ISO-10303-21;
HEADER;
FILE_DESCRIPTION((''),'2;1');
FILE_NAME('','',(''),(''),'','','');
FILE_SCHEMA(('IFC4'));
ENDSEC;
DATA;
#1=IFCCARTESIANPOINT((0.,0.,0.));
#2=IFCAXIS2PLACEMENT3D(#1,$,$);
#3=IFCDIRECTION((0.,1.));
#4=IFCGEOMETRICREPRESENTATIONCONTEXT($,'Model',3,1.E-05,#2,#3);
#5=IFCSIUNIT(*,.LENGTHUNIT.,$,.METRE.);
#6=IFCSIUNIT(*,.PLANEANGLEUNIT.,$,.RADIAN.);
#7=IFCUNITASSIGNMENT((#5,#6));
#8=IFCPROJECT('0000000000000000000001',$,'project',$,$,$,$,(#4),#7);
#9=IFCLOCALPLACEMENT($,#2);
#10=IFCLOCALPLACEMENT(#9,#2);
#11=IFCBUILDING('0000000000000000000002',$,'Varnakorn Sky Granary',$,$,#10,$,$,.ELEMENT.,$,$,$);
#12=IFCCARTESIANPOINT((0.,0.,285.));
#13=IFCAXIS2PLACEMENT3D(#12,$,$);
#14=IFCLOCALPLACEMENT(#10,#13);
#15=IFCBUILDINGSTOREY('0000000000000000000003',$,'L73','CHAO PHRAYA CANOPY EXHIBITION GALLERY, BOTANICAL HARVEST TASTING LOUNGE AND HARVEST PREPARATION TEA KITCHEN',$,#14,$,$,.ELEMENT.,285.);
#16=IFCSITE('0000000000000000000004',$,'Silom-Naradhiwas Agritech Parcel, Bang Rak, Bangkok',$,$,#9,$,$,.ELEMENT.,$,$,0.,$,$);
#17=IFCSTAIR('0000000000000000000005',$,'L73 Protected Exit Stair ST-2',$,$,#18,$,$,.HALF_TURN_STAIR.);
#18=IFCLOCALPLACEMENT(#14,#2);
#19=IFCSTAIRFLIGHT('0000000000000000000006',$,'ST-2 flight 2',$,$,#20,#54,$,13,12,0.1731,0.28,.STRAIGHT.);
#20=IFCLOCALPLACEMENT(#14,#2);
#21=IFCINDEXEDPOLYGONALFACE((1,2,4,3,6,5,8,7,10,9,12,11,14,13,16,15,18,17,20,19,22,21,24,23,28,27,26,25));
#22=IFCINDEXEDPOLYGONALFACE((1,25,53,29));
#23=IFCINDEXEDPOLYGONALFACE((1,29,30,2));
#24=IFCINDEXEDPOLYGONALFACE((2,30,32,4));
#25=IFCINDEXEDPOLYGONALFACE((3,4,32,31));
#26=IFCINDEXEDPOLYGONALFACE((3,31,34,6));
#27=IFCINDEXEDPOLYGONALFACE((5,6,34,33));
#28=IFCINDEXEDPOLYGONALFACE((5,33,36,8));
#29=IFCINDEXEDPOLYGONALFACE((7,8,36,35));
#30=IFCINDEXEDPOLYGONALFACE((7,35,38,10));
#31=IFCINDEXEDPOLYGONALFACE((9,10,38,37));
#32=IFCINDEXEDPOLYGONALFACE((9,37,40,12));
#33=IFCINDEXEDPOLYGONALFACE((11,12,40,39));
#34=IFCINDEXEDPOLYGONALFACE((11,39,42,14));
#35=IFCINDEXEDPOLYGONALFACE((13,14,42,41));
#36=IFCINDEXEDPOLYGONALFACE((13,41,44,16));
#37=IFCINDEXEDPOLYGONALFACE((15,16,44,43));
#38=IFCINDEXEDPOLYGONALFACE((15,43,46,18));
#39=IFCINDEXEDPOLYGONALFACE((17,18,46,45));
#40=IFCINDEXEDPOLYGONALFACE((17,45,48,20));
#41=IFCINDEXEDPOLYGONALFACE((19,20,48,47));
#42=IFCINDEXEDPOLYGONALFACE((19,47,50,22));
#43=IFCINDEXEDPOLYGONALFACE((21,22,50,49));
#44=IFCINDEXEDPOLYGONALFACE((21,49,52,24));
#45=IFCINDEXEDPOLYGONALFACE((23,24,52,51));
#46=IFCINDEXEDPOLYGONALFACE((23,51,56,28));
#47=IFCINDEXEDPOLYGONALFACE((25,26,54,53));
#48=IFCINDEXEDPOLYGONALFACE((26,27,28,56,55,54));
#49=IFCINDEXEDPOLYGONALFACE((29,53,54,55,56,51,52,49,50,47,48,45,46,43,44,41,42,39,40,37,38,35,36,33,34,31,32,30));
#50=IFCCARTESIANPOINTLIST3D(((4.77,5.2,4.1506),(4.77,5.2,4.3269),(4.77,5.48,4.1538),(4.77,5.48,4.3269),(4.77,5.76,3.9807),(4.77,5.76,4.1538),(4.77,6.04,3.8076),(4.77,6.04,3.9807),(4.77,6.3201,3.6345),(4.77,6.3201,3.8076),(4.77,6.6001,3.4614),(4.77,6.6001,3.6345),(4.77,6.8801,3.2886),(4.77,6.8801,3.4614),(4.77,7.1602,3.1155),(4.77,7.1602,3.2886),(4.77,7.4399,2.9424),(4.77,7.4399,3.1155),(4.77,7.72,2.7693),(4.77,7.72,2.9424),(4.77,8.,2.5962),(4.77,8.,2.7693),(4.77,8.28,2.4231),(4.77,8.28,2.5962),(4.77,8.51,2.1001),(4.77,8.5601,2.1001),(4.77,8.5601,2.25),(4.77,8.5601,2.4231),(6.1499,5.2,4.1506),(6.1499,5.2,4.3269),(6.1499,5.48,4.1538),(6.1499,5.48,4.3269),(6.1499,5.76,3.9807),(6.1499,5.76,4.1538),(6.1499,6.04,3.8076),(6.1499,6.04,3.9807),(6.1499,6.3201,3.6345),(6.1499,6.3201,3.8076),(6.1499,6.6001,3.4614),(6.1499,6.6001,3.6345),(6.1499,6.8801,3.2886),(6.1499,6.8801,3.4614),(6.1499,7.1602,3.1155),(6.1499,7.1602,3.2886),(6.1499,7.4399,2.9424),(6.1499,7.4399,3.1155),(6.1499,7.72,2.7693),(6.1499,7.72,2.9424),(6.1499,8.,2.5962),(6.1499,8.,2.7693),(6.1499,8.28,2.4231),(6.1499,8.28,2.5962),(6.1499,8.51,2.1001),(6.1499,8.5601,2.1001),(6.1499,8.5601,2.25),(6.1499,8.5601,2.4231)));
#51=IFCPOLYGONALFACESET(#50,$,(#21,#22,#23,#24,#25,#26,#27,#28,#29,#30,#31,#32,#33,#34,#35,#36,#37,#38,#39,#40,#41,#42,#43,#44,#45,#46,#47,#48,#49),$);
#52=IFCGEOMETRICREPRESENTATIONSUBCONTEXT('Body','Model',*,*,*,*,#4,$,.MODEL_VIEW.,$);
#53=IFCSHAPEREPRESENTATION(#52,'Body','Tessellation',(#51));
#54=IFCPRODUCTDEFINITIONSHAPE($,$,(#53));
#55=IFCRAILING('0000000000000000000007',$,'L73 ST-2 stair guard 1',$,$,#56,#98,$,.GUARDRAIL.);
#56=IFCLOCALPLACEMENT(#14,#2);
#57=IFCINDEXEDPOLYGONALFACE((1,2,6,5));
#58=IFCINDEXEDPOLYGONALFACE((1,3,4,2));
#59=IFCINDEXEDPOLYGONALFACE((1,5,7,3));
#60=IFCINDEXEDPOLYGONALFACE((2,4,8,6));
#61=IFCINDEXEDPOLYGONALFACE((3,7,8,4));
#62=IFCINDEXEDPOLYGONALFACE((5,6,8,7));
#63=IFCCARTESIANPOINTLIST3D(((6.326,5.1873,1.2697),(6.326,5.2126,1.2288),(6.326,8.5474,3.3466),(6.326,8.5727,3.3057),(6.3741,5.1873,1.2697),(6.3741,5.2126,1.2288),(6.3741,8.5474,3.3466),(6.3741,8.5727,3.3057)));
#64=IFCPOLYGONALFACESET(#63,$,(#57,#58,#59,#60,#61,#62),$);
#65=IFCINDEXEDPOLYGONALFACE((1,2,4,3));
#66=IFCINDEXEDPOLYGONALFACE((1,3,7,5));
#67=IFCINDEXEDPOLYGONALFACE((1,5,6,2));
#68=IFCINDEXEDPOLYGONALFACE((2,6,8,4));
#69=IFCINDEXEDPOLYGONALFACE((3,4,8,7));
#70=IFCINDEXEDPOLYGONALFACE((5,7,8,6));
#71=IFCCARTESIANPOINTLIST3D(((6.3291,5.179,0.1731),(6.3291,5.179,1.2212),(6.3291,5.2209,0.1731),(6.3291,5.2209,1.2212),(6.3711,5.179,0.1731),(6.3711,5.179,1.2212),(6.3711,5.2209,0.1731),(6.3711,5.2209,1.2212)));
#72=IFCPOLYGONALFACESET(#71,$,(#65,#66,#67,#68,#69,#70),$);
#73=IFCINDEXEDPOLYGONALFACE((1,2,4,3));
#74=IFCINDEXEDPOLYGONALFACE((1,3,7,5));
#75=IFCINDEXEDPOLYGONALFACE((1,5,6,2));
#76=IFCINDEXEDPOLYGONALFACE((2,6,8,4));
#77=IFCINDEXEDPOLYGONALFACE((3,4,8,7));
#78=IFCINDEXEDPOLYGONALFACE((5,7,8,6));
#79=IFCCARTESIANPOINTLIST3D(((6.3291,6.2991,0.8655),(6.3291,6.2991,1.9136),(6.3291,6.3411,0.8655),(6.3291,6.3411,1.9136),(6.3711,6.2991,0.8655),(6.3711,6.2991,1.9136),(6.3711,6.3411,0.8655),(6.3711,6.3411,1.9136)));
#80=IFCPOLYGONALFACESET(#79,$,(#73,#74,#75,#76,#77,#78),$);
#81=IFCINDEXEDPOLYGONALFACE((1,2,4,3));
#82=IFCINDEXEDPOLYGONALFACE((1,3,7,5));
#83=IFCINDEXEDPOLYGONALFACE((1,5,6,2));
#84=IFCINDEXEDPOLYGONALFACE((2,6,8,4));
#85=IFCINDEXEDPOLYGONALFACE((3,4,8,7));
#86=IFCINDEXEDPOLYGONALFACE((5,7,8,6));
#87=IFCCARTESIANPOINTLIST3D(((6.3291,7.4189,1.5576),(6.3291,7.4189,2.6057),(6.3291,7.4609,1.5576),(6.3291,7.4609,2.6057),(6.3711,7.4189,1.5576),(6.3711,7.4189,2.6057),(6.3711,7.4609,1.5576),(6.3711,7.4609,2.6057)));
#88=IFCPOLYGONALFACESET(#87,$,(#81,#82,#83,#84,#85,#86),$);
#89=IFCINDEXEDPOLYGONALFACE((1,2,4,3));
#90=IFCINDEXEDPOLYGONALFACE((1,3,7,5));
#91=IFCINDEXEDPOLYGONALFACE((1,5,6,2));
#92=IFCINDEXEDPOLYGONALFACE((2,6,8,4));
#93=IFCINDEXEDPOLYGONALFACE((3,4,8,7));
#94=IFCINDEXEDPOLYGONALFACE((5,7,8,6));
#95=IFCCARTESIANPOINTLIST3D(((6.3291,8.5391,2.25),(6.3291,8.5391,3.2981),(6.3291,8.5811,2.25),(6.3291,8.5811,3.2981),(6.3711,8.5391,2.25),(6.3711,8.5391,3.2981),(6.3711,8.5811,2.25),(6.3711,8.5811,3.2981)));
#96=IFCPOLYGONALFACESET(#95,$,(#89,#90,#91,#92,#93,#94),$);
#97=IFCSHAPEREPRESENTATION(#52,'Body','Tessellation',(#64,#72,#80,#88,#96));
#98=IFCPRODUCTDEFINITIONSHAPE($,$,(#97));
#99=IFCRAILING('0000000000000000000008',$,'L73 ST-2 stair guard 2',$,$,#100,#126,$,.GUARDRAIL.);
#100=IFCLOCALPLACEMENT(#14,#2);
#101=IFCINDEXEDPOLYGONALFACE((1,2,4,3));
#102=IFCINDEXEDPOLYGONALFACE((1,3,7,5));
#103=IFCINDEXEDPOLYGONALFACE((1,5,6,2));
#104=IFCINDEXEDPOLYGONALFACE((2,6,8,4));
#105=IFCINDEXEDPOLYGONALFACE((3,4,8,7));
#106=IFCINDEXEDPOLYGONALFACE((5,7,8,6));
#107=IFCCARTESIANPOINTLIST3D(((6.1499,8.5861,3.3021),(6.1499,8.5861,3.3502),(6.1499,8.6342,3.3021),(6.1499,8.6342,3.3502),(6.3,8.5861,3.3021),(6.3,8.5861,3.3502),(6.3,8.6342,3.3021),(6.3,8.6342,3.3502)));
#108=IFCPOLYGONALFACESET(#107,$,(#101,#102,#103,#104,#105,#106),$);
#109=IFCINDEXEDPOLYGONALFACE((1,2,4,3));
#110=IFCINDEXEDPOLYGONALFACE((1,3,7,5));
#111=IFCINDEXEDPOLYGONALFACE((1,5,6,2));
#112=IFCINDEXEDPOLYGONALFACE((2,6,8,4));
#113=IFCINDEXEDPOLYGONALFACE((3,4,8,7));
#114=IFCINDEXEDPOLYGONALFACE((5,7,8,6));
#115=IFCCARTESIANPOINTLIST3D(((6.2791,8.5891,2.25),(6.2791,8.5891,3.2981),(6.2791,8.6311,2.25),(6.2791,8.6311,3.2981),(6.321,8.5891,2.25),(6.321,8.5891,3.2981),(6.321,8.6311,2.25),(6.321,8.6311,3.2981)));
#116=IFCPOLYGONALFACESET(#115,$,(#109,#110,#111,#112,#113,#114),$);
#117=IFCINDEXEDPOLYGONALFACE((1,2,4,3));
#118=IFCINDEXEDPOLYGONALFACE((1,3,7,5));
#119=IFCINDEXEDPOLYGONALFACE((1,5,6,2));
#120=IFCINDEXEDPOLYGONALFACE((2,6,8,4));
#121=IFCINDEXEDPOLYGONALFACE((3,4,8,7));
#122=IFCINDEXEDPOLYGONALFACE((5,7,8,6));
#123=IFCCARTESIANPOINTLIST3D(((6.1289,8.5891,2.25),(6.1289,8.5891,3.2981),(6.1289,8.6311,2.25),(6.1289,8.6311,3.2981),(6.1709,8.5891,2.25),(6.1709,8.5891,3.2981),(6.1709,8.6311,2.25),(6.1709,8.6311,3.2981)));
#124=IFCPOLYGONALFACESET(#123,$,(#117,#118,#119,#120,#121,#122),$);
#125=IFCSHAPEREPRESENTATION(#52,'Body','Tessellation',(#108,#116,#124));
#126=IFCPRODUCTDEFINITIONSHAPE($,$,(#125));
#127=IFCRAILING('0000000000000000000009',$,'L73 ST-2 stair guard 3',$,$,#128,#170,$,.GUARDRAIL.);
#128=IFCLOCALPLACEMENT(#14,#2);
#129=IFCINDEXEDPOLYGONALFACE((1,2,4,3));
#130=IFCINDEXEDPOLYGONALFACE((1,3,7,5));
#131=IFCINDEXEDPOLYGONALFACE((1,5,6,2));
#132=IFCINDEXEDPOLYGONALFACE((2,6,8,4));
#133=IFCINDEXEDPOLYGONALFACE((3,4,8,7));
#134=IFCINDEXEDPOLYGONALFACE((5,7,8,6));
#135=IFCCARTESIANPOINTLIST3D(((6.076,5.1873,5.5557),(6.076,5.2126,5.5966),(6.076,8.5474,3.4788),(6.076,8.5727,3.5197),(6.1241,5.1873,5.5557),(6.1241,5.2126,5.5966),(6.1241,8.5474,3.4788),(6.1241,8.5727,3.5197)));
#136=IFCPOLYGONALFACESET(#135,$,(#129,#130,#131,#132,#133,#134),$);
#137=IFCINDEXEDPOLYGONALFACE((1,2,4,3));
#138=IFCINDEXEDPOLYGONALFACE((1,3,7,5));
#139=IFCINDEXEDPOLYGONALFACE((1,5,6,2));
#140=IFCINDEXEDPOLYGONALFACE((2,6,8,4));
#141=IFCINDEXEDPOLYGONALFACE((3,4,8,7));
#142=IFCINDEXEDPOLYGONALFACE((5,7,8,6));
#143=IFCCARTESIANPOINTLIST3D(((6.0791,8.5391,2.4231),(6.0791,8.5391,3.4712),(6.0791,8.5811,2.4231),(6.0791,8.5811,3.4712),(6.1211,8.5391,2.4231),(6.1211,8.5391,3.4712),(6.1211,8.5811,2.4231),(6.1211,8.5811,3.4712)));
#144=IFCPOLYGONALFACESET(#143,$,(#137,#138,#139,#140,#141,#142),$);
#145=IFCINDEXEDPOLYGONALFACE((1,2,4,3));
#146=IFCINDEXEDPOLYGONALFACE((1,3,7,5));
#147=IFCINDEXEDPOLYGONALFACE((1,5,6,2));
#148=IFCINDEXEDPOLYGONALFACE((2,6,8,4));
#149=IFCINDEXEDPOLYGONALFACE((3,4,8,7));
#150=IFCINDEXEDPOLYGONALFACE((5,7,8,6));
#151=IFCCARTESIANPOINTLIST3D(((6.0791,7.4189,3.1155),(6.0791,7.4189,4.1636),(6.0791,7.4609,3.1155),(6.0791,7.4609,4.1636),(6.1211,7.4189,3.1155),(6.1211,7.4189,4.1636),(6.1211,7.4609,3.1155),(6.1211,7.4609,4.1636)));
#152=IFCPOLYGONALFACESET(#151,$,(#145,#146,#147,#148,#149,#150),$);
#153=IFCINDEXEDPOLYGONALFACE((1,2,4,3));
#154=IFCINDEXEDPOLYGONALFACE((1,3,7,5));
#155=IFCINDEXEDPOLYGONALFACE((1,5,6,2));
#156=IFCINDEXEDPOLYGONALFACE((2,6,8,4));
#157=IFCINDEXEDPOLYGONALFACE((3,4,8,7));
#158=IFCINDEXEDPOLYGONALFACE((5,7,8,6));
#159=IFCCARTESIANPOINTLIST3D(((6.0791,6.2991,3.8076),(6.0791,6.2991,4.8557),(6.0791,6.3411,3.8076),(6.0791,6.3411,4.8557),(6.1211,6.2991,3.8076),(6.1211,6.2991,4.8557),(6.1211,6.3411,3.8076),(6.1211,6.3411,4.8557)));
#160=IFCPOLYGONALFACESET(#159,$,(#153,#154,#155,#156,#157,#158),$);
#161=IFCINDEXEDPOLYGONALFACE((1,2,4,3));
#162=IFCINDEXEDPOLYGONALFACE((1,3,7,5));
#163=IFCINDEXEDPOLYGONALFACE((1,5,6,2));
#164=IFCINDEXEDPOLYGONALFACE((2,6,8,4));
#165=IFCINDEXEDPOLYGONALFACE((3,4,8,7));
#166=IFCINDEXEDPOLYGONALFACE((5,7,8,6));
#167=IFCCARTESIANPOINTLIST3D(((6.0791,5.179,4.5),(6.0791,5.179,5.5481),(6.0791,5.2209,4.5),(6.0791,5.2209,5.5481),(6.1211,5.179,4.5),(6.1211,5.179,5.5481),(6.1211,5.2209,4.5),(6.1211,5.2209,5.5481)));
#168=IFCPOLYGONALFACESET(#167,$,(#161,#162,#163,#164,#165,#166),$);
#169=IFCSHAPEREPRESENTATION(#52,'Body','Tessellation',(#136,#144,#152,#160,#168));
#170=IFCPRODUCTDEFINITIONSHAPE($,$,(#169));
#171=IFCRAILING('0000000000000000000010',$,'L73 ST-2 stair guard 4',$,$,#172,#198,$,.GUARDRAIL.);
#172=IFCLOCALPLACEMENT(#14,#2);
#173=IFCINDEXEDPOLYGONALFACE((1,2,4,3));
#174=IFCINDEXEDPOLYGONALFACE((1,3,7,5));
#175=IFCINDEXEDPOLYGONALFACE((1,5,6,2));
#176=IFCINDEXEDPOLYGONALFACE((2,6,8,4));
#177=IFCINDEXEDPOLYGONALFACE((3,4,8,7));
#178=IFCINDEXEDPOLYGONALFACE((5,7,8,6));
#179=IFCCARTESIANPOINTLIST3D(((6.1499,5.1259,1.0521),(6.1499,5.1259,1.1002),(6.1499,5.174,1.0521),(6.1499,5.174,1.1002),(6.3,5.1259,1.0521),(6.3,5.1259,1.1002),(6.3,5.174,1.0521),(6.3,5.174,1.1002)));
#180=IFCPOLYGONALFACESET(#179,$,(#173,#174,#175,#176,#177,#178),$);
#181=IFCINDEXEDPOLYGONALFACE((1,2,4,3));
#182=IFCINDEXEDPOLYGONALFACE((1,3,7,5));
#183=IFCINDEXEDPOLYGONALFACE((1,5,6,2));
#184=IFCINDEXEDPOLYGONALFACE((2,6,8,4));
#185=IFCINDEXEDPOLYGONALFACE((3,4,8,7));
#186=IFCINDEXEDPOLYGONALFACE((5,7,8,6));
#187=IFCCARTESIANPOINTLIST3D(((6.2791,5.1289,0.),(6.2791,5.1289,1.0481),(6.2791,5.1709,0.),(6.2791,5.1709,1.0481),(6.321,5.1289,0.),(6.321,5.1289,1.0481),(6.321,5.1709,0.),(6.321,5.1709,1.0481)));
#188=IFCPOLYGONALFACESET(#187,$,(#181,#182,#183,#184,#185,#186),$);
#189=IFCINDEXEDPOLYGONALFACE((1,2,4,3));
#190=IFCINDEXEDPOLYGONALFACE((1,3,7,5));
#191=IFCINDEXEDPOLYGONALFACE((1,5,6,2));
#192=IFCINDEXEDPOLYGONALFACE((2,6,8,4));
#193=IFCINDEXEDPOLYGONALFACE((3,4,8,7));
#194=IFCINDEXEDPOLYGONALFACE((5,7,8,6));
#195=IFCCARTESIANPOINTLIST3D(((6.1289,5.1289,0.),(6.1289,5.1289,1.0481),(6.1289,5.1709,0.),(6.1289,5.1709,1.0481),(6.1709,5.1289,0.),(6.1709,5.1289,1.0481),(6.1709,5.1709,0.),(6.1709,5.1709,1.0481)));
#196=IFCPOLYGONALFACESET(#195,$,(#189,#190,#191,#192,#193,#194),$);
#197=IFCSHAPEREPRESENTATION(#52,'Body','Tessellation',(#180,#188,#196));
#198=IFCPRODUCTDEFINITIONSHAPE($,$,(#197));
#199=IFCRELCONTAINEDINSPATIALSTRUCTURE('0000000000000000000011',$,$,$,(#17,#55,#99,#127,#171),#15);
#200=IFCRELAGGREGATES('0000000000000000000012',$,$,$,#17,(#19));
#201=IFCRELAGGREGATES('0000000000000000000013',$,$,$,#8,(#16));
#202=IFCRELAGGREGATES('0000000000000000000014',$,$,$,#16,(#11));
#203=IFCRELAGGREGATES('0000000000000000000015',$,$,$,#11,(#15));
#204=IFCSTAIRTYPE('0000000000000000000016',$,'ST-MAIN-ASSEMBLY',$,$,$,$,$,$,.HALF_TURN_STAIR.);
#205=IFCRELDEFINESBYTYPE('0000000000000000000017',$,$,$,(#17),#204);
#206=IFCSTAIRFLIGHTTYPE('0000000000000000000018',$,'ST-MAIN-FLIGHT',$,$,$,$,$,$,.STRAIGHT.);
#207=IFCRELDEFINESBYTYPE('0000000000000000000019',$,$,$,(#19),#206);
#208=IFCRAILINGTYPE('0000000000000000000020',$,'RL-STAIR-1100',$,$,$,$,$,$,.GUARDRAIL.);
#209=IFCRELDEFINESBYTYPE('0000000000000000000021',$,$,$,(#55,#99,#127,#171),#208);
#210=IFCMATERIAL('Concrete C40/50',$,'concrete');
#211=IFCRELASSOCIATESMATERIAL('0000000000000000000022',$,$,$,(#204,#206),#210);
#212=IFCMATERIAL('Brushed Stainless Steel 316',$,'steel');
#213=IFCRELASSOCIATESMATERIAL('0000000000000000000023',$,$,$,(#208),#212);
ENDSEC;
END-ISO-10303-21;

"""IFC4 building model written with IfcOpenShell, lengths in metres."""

from ifc_helpers import new_model, si_unit, direction, frame, origin, origin_2d, place, context, subcontext, project, spatial, polyline, rectangle, outline, extrude, material, type_object, element, aggregate, save


model = new_model("IFC4")

# Units and contexts
model_context = context("Model", 3, precision=1e-05, world=origin(), true_north=direction((0.0, 1.0)))
body_context = subcontext(model_context, "Body", "Model", "MODEL_VIEW")
ifc_project = project(units=[si_unit("LENGTHUNIT", "METRE"), si_unit("PLANEANGLEUNIT", "RADIAN")], contexts=[model_context])

# Site, building, storey
site_placement = place(None, origin())
site = spatial("IfcSite", under=ifc_project, at=site_placement, Name="Silom-Naradhiwas Agritech Parcel, Bang Rak, Bangkok", CompositionType="ELEMENT", RefElevation=0.0)
building_placement = place(site_placement, origin())
building = spatial("IfcBuilding", under=site, at=building_placement, Name="Varnakorn Sky Granary", CompositionType="ELEMENT")
storey_placement = place(building_placement, frame((0.0, 0.0, 285.0)))
storey = spatial("IfcBuildingStorey", under=building, at=storey_placement, Name="L73", Description="CHAO PHRAYA CANOPY EXHIBITION GALLERY, BOTANICAL HARVEST TASTING LOUNGE AND HARVEST PREPARATION TEA KITCHEN", CompositionType="ELEMENT", Elevation=285.0)

# Stair, stair flight
ifc_material_1 = material(Name="Concrete C40/50", Category="concrete")
stair_type = type_object("IfcStairType", Name="ST-MAIN-ASSEMBLY", PredefinedType="HALF_TURN_STAIR", material=ifc_material_1)
stair_placement = place(storey_placement, origin())
stair = element("IfcStair", 1, at=stair_placement, inside=storey, type_object=stair_type, Name="L73 Protected Exit Stair ST-2", PredefinedType="HALF_TURN_STAIR")
stair_flight_type = type_object("IfcStairFlightType", Name="ST-MAIN-FLIGHT", PredefinedType="STRAIGHT", material=ifc_material_1)
stair_flight_1_placement = place(storey_placement, frame((5.46, 8.5601, 2.25), z_axis=(0.0, 0.0, 1.0), x_axis=(0.0, -1.0, 0.0)))
stair_flight_1 = element("IfcStairFlight", 2, at=stair_flight_1_placement, type_object=stair_flight_type, Name="ST-2 flight 2", NumberOfRisers=13, NumberOfTreads=12, PredefinedType="STRAIGHT", RiserHeight=0.1731, TreadLength=0.28, context=body_context, shape_type="SweptSolid", body=[
    extrude(outline(polyline([(0.0, -0.1499), (0.0, 0.0), (0.0, 0.1731), (0.28, 0.1731), (0.28, 0.3462), (0.5601, 0.3462), (0.5601, 0.5193), (0.8401, 0.5193), (0.8401, 0.6924), (1.1201, 0.6924), (1.1201, 0.8655), (1.3999, 0.8655), (1.3999, 1.0386), (1.6799, 1.0386), (1.6799, 1.2114), (1.96, 1.2114), (1.96, 1.3845), (2.24, 1.3845), (2.24, 1.5576), (2.52, 1.5576), (2.52, 1.7307), (2.8, 1.7307), (2.8, 1.9038), (3.0801, 1.9038), (3.0801, 2.0769), (3.3601, 2.0769), (3.3601, 2.25), (3.3601, 1.9006), (0.05, -0.1499), (0.0, -0.1499)])), frame((0.0, 0.6899, 0.0), z_axis=(0.0, -1.0, 0.0), x_axis=(1.0, 0.0, 0.0)), (0.0, 0.0, 1.0), 1.3799),
])
aggregate(stair, [stair_flight_1])

# Railings
ifc_material_2 = material(Name="Brushed Stainless Steel 316", Category="steel")
railing_type_1 = type_object("IfcRailingType", Name="RL-STAIR-1100", PredefinedType="GUARDRAIL", material=ifc_material_2)
railing_1_placement = place(storey_placement, frame((6.3501, 5.2, 0.1731)))
element("IfcRailing", 3, at=railing_1_placement, inside=storey, type_object=railing_type_1, Name="L73 ST-2 stair guard 1", PredefinedType="GUARDRAIL", context=body_context, shape_type="SweptSolid", body=[
    extrude(rectangle(XDim=0.0481, YDim=0.0481, at=origin_2d()), frame((0.0, 0.0, 1.0762), z_axis=(0.0, 0.850623, 0.525776), x_axis=(-1.0, 0.0, 0.0)), (0.0, 0.0, 1.0), 3.9502),
    extrude(rectangle(XDim=0.042, YDim=0.042, at=origin_2d()), origin(), (0.0, 0.0, 1.0), 1.0481),
    extrude(rectangle(XDim=0.042, YDim=0.042, at=origin_2d()), frame((0.0, 1.1201, 0.6924)), (0.0, 0.0, 1.0), 1.0481),
    extrude(rectangle(XDim=0.042, YDim=0.042, at=origin_2d()), frame((0.0, 2.24, 1.3845)), (0.0, 0.0, 1.0), 1.0481),
    extrude(rectangle(XDim=0.042, YDim=0.042, at=origin_2d()), frame((0.0, 3.3601, 2.0769)), (0.0, 0.0, 1.0), 1.0481),
])
railing_2_placement = place(storey_placement, frame((6.3, 8.6101, 2.25)))
element("IfcRailing", 4, at=railing_2_placement, inside=storey, type_object=railing_type_1, Name="L73 ST-2 stair guard 2", PredefinedType="GUARDRAIL", context=body_context, shape_type="SweptSolid", body=[
    extrude(rectangle(XDim=0.0481, YDim=0.0481, at=origin_2d()), frame((0.0, 0.0, 1.0762), z_axis=(-1.0, 0.0, 0.0), x_axis=(0.0, -1.0, 0.0)), (0.0, 0.0, 1.0), 0.1501),
    extrude(rectangle(XDim=0.042, YDim=0.042, at=origin_2d()), origin(), (0.0, 0.0, 1.0), 1.0481),
    extrude(rectangle(XDim=0.042, YDim=0.042, at=origin_2d()), frame((-0.1501, 0.0, 0.0)), (0.0, 0.0, 1.0), 1.0481),
])
railing_3_placement = place(storey_placement, frame((6.1001, 8.5601, 2.4231)))
element("IfcRailing", 5, at=railing_3_placement, inside=storey, type_object=railing_type_1, Name="L73 ST-2 stair guard 3", PredefinedType="GUARDRAIL", context=body_context, shape_type="SweptSolid", body=[
    extrude(rectangle(XDim=0.0481, YDim=0.0481, at=origin_2d()), frame((0.0, 0.0, 1.0762), z_axis=(0.0, -0.850623, 0.525776), x_axis=(1.0, 0.0, 0.0)), (0.0, 0.0, 1.0), 3.9502),
    extrude(rectangle(XDim=0.042, YDim=0.042, at=origin_2d()), origin(), (0.0, 0.0, 1.0), 1.0481),
    extrude(rectangle(XDim=0.042, YDim=0.042, at=origin_2d()), frame((0.0, -1.1201, 0.6924)), (0.0, 0.0, 1.0), 1.0481),
    extrude(rectangle(XDim=0.042, YDim=0.042, at=origin_2d()), frame((0.0, -2.24, 1.3845)), (0.0, 0.0, 1.0), 1.0481),
    extrude(rectangle(XDim=0.042, YDim=0.042, at=origin_2d()), frame((0.0, -3.3601, 2.0769)), (0.0, 0.0, 1.0), 1.0481),
])
railing_4_placement = place(storey_placement, frame((6.3, 5.1499, 0.0)))
element("IfcRailing", 6, at=railing_4_placement, inside=storey, type_object=railing_type_1, Name="L73 ST-2 stair guard 4", PredefinedType="GUARDRAIL", context=body_context, shape_type="SweptSolid", body=[
    extrude(rectangle(XDim=0.0481, YDim=0.0481, at=origin_2d()), frame((0.0, 0.0, 1.0762), z_axis=(-1.0, 0.0, 0.0), x_axis=(0.0, -1.0, 0.0)), (0.0, 0.0, 1.0), 0.1501),
    extrude(rectangle(XDim=0.042, YDim=0.042, at=origin_2d()), origin(), (0.0, 0.0, 1.0), 1.0481),
    extrude(rectangle(XDim=0.042, YDim=0.042, at=origin_2d()), frame((-0.1501, 0.0, 0.0)), (0.0, 0.0, 1.0), 1.0481),
])

save(model, "model.ifc")
